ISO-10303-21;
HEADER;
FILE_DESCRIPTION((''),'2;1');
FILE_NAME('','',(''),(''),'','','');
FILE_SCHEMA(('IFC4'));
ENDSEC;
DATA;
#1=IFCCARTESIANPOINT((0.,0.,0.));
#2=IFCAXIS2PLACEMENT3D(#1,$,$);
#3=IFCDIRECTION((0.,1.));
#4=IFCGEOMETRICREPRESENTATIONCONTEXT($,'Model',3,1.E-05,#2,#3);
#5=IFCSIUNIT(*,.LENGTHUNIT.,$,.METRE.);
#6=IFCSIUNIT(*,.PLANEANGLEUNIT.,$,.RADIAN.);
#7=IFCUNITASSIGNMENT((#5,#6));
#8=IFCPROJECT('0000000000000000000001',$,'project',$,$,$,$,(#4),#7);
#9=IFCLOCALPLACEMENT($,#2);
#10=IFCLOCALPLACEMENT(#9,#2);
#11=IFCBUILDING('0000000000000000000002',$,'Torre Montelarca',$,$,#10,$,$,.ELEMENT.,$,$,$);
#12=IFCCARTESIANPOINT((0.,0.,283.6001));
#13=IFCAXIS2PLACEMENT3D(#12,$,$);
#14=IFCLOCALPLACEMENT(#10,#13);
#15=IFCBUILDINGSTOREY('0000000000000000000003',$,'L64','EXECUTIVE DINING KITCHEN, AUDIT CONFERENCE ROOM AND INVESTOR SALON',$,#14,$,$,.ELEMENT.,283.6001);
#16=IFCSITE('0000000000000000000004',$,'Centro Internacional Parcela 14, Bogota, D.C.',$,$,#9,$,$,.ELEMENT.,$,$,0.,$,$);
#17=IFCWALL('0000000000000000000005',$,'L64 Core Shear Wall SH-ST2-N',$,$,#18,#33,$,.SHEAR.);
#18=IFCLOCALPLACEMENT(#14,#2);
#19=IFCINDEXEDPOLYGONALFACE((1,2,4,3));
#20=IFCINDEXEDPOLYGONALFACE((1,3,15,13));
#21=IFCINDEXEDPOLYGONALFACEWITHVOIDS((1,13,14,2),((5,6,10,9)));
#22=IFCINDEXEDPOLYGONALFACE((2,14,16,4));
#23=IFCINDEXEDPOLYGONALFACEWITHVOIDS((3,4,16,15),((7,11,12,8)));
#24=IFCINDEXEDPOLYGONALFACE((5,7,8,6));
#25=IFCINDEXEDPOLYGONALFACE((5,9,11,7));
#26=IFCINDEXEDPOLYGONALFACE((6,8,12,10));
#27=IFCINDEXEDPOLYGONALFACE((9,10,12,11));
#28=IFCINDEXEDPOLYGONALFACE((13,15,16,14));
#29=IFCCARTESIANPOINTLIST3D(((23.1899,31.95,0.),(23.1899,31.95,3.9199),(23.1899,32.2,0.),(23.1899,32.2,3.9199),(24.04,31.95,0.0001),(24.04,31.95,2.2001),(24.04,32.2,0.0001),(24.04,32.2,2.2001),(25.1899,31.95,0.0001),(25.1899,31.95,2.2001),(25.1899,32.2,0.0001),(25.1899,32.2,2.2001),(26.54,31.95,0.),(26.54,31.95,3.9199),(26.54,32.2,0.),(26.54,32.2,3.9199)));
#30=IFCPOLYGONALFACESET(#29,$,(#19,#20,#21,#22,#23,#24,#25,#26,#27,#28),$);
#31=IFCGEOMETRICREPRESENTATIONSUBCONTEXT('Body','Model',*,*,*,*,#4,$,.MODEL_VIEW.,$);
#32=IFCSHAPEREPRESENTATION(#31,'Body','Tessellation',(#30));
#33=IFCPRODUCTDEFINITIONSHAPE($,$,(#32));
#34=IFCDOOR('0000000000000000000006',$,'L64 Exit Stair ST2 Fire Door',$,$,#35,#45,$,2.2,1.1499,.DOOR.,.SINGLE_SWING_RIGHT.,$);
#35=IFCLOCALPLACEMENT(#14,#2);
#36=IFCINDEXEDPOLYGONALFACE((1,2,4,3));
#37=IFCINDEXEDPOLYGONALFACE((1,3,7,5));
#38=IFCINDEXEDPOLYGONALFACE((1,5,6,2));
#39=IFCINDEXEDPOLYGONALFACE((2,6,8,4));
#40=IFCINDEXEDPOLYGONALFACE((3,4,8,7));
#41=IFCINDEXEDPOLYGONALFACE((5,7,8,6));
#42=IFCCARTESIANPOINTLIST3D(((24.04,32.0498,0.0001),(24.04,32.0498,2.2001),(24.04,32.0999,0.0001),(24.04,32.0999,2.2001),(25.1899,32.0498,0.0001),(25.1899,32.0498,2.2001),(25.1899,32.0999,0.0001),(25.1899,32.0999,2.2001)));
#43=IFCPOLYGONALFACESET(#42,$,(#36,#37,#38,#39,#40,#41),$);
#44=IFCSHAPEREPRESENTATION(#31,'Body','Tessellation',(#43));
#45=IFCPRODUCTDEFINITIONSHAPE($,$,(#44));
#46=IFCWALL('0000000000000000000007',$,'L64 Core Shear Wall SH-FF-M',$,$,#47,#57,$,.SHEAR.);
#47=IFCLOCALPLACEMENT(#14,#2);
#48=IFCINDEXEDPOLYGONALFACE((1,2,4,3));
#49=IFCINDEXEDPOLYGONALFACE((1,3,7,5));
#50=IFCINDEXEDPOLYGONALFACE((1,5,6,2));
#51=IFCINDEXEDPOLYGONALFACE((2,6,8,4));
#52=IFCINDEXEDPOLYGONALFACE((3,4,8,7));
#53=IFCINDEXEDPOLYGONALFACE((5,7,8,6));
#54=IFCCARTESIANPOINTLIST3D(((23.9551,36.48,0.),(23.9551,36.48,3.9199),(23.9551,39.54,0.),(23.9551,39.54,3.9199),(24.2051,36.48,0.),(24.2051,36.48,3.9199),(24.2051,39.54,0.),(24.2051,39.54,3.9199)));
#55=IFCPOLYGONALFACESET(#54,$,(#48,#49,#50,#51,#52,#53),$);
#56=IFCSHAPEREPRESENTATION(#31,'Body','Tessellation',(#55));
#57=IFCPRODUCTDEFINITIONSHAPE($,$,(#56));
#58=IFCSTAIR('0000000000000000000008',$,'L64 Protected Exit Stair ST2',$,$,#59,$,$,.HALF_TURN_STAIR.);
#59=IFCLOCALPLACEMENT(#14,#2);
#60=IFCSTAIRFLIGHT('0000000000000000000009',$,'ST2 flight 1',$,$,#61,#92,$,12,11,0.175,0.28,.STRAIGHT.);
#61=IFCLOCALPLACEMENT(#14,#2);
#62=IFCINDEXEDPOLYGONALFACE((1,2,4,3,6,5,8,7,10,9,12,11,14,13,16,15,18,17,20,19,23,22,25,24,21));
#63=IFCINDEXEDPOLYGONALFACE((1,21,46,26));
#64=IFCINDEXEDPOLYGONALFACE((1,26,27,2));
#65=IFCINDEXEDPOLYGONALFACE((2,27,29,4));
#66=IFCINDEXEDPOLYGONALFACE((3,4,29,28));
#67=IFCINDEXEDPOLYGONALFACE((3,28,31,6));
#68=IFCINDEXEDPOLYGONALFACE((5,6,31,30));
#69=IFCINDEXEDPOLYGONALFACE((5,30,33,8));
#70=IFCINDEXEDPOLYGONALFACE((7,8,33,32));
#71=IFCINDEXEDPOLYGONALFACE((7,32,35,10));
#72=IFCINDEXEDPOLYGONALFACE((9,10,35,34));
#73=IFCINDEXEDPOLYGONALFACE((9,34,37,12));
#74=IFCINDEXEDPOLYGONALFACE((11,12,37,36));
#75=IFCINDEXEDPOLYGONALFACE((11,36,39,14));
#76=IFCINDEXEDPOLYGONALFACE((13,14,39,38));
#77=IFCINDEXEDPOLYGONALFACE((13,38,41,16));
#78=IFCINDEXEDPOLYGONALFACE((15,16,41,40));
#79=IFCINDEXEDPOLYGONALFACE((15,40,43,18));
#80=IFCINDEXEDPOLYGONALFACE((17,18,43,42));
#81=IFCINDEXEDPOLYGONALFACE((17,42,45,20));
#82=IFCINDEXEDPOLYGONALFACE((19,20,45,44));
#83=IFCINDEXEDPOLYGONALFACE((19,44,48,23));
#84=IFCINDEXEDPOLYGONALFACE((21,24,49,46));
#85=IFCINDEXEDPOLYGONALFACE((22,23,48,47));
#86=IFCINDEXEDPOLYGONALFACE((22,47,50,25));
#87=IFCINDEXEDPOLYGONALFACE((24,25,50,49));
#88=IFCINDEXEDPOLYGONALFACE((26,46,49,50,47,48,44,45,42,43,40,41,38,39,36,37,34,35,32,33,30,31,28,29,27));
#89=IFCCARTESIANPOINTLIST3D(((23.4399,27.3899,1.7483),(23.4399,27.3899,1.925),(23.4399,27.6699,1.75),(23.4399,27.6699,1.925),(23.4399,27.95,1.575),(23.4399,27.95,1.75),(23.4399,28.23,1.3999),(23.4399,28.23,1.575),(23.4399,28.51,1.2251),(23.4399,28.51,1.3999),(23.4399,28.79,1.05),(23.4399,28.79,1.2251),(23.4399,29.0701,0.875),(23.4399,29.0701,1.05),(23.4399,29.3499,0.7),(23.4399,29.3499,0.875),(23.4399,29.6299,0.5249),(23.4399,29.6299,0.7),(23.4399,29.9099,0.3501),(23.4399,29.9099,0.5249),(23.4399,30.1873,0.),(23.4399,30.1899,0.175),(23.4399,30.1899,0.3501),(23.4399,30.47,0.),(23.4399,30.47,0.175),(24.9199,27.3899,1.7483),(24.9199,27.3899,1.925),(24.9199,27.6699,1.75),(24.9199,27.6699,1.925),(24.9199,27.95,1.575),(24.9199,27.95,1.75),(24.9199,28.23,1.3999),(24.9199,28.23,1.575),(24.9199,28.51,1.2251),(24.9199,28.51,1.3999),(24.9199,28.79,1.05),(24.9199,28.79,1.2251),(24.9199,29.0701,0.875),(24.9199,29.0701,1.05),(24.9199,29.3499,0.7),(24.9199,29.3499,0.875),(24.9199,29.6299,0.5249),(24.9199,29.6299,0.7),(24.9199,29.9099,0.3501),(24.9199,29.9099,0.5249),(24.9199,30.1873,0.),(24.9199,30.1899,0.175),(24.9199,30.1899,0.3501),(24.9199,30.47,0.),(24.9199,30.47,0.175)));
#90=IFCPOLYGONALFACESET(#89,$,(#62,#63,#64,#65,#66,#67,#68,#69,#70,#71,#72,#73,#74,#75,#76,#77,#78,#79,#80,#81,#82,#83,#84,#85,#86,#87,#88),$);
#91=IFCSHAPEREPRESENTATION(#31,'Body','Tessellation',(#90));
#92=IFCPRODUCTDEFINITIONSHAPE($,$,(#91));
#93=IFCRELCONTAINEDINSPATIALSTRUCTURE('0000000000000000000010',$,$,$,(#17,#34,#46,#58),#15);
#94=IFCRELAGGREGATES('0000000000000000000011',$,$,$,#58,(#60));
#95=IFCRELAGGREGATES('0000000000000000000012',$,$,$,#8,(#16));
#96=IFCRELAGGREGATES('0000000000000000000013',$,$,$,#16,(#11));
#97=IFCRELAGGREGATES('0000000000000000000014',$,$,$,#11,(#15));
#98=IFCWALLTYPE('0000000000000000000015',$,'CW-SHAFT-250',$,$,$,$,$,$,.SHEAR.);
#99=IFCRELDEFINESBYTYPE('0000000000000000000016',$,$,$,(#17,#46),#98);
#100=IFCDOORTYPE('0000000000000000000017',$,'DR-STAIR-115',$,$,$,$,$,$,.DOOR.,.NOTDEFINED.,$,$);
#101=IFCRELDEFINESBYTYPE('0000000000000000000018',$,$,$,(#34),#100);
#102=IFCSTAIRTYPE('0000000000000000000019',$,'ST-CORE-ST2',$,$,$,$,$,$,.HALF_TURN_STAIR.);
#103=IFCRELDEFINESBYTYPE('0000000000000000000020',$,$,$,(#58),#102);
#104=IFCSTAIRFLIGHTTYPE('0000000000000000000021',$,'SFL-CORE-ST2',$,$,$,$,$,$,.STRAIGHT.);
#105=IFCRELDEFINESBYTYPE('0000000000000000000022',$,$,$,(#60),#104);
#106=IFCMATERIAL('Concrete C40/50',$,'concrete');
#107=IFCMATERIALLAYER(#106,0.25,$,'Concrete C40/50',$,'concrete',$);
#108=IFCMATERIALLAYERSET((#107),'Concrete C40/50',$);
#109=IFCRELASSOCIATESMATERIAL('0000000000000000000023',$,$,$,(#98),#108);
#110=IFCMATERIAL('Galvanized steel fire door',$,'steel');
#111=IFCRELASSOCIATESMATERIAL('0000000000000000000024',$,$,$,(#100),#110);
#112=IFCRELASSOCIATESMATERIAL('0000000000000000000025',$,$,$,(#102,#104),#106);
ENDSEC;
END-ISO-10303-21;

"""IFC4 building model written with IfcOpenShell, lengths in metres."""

from ifc_helpers import new_model, si_unit, direction, frame, frame_2d, origin, place, context, subcontext, project, spatial, polyline, rectangle, outline, extrude, source, transform, mapped, material, layer, layer_set, type_object, element, fill, aggregate, save


model = new_model("IFC4")

# Units and contexts
model_context = context("Model", 3, precision=1e-05, world=origin(), true_north=direction((0.0, 1.0)))
body_context = subcontext(model_context, "Body", "Model", "MODEL_VIEW")
ifc_project = project(units=[si_unit("LENGTHUNIT", "METRE"), si_unit("PLANEANGLEUNIT", "RADIAN")], contexts=[model_context])

# Site, building, storey
site_placement = place(None, origin())
site = spatial("IfcSite", under=ifc_project, at=site_placement, Name="Centro Internacional Parcela 14, Bogota, D.C.", CompositionType="ELEMENT", RefElevation=0.0)
building_placement = place(site_placement, origin())
building = spatial("IfcBuilding", under=site, at=building_placement, Name="Torre Montelarca", CompositionType="ELEMENT")
storey_placement = place(building_placement, frame((0.0, 0.0, 283.6001)))
storey = spatial("IfcBuildingStorey", under=building, at=storey_placement, Name="L64", Description="EXECUTIVE DINING KITCHEN, AUDIT CONFERENCE ROOM AND INVESTOR SALON", CompositionType="ELEMENT", Elevation=283.6001)

# Wall, opening, door
ifc_material_1 = material(Name="Concrete C40/50", Category="concrete")
ifc_layer_1 = layer(ifc_material_1, 0.25, Name="Concrete C40/50", Category="concrete")
ifc_layer_set_1 = layer_set([ifc_layer_1], Name="Concrete C40/50")
wall_type = type_object("IfcWallType", Name="CW-SHAFT-250", PredefinedType="SHEAR", material=ifc_layer_set_1)
wall_1_placement = place(storey_placement, frame((23.1899, 32.075, 0.0), z_axis=(0.0, 0.0, 1.0), x_axis=(1.0, 0.0, 0.0)))
wall_1 = element("IfcWall", 1, at=wall_1_placement, inside=storey, type_object=wall_type, Name="L64 Core Shear Wall SH-ST2-N", PredefinedType="SHEAR", context=body_context, shape_type="SweptSolid", body=[
    extrude(rectangle(XDim=3.3501, YDim=0.25, at=frame_2d((1.675, 0.0))), origin(), (0.0, 0.0, 1.0), 3.9199),
])
opening_placement = place(wall_1_placement, frame((0.8501, 0.0, 0.0)))
opening = element("IfcOpeningElement", 2, at=opening_placement, cuts=wall_1, PredefinedType="OPENING", context=body_context, shape_type="SweptSolid", body=[
    extrude(rectangle(XDim=1.1499, YDim=2.2, at=frame_2d((0.575, 1.1001))), frame((0.0, 0.135, 0.0), z_axis=(0.0, -1.0, 0.0), x_axis=(1.0, 0.0, 0.0)), (0.0, 0.0, 1.0), 0.27),
])
ifc_material_2 = material(Name="Galvanized steel fire door", Category="steel")
door_type = type_object("IfcDoorType", Name="DR-STAIR-115", OperationType="NOTDEFINED", PredefinedType="DOOR", material=ifc_material_2)
shared_shape_1 = source(origin(), body_context, "Body", "SweptSolid", [
    extrude(rectangle(XDim=1.1499, YDim=2.2, at=frame_2d((0.575, 1.1001))), frame((0.0, 0.0249, 0.0), z_axis=(0.0, -1.0, 0.0), x_axis=(1.0, 0.0, 0.0)), (0.0, 0.0, 1.0), 0.05),
])
door_placement = place(opening_placement, origin())
door = element("IfcDoor", 3, at=door_placement, inside=storey, type_object=door_type, Name="L64 Exit Stair ST2 Fire Door", OperationType="SINGLE_SWING_RIGHT", OverallHeight=2.2, OverallWidth=1.1499, PredefinedType="DOOR", context=body_context, shape_type="MappedRepresentation", body=[
    mapped(shared_shape_1, transform((0.0, 0.0, 0.0), scale=1.0)),
])
fill(opening, door)

# Wall
wall_2_placement = place(storey_placement, frame((24.0801, 36.48, 0.0), z_axis=(0.0, 0.0, 1.0), x_axis=(0.0, 1.0, 0.0)))
element("IfcWall", 4, at=wall_2_placement, inside=storey, type_object=wall_type, Name="L64 Core Shear Wall SH-FF-M", PredefinedType="SHEAR", context=body_context, shape_type="SweptSolid", body=[
    extrude(rectangle(XDim=3.0601, YDim=0.25, at=frame_2d((1.53, 0.0))), origin(), (0.0, 0.0, 1.0), 3.9199),
])

# Stair, stair flight
stair_type = type_object("IfcStairType", Name="ST-CORE-ST2", PredefinedType="HALF_TURN_STAIR", material=ifc_material_1)
stair_placement = place(storey_placement, origin())
stair = element("IfcStair", 5, at=stair_placement, inside=storey, type_object=stair_type, Name="L64 Protected Exit Stair ST2", PredefinedType="HALF_TURN_STAIR")
stair_flight_type = type_object("IfcStairFlightType", Name="SFL-CORE-ST2", PredefinedType="STRAIGHT", material=ifc_material_1)
stair_flight_placement = place(storey_placement, frame((24.1799, 30.47, 0.0), z_axis=(0.0, 0.0, 1.0), x_axis=(0.0, -1.0, 0.0)))
stair_flight = element("IfcStairFlight", 6, at=stair_flight_placement, type_object=stair_flight_type, Name="ST2 flight 1", NumberOfRisers=12, NumberOfTreads=11, PredefinedType="STRAIGHT", RiserHeight=0.175, TreadLength=0.28, context=body_context, shape_type="SweptSolid", body=[
    extrude(outline(polyline([(0.0, 0.0), (0.0, 0.175), (0.28, 0.175), (0.28, 0.3501), (0.5601, 0.3501), (0.5601, 0.5249), (0.8401, 0.5249), (0.8401, 0.7), (1.1201, 0.7), (1.1201, 0.875), (1.3999, 0.875), (1.3999, 1.05), (1.6799, 1.05), (1.6799, 1.2251), (1.96, 1.2251), (1.96, 1.3999), (2.24, 1.3999), (2.24, 1.575), (2.52, 1.575), (2.52, 1.75), (2.8, 1.75), (2.8, 1.925), (3.0801, 1.925), (3.0801, 2.1001), (3.0801, 1.7483), (0.2827, 0.0), (0.0, 0.0)])), frame((0.0, 0.74, 0.0), z_axis=(0.0, -1.0, 0.0), x_axis=(1.0, 0.0, 0.0)), (0.0, 0.0, 1.0), 1.48),
])
aggregate(stair, [stair_flight])

save(model, "model.ifc")
